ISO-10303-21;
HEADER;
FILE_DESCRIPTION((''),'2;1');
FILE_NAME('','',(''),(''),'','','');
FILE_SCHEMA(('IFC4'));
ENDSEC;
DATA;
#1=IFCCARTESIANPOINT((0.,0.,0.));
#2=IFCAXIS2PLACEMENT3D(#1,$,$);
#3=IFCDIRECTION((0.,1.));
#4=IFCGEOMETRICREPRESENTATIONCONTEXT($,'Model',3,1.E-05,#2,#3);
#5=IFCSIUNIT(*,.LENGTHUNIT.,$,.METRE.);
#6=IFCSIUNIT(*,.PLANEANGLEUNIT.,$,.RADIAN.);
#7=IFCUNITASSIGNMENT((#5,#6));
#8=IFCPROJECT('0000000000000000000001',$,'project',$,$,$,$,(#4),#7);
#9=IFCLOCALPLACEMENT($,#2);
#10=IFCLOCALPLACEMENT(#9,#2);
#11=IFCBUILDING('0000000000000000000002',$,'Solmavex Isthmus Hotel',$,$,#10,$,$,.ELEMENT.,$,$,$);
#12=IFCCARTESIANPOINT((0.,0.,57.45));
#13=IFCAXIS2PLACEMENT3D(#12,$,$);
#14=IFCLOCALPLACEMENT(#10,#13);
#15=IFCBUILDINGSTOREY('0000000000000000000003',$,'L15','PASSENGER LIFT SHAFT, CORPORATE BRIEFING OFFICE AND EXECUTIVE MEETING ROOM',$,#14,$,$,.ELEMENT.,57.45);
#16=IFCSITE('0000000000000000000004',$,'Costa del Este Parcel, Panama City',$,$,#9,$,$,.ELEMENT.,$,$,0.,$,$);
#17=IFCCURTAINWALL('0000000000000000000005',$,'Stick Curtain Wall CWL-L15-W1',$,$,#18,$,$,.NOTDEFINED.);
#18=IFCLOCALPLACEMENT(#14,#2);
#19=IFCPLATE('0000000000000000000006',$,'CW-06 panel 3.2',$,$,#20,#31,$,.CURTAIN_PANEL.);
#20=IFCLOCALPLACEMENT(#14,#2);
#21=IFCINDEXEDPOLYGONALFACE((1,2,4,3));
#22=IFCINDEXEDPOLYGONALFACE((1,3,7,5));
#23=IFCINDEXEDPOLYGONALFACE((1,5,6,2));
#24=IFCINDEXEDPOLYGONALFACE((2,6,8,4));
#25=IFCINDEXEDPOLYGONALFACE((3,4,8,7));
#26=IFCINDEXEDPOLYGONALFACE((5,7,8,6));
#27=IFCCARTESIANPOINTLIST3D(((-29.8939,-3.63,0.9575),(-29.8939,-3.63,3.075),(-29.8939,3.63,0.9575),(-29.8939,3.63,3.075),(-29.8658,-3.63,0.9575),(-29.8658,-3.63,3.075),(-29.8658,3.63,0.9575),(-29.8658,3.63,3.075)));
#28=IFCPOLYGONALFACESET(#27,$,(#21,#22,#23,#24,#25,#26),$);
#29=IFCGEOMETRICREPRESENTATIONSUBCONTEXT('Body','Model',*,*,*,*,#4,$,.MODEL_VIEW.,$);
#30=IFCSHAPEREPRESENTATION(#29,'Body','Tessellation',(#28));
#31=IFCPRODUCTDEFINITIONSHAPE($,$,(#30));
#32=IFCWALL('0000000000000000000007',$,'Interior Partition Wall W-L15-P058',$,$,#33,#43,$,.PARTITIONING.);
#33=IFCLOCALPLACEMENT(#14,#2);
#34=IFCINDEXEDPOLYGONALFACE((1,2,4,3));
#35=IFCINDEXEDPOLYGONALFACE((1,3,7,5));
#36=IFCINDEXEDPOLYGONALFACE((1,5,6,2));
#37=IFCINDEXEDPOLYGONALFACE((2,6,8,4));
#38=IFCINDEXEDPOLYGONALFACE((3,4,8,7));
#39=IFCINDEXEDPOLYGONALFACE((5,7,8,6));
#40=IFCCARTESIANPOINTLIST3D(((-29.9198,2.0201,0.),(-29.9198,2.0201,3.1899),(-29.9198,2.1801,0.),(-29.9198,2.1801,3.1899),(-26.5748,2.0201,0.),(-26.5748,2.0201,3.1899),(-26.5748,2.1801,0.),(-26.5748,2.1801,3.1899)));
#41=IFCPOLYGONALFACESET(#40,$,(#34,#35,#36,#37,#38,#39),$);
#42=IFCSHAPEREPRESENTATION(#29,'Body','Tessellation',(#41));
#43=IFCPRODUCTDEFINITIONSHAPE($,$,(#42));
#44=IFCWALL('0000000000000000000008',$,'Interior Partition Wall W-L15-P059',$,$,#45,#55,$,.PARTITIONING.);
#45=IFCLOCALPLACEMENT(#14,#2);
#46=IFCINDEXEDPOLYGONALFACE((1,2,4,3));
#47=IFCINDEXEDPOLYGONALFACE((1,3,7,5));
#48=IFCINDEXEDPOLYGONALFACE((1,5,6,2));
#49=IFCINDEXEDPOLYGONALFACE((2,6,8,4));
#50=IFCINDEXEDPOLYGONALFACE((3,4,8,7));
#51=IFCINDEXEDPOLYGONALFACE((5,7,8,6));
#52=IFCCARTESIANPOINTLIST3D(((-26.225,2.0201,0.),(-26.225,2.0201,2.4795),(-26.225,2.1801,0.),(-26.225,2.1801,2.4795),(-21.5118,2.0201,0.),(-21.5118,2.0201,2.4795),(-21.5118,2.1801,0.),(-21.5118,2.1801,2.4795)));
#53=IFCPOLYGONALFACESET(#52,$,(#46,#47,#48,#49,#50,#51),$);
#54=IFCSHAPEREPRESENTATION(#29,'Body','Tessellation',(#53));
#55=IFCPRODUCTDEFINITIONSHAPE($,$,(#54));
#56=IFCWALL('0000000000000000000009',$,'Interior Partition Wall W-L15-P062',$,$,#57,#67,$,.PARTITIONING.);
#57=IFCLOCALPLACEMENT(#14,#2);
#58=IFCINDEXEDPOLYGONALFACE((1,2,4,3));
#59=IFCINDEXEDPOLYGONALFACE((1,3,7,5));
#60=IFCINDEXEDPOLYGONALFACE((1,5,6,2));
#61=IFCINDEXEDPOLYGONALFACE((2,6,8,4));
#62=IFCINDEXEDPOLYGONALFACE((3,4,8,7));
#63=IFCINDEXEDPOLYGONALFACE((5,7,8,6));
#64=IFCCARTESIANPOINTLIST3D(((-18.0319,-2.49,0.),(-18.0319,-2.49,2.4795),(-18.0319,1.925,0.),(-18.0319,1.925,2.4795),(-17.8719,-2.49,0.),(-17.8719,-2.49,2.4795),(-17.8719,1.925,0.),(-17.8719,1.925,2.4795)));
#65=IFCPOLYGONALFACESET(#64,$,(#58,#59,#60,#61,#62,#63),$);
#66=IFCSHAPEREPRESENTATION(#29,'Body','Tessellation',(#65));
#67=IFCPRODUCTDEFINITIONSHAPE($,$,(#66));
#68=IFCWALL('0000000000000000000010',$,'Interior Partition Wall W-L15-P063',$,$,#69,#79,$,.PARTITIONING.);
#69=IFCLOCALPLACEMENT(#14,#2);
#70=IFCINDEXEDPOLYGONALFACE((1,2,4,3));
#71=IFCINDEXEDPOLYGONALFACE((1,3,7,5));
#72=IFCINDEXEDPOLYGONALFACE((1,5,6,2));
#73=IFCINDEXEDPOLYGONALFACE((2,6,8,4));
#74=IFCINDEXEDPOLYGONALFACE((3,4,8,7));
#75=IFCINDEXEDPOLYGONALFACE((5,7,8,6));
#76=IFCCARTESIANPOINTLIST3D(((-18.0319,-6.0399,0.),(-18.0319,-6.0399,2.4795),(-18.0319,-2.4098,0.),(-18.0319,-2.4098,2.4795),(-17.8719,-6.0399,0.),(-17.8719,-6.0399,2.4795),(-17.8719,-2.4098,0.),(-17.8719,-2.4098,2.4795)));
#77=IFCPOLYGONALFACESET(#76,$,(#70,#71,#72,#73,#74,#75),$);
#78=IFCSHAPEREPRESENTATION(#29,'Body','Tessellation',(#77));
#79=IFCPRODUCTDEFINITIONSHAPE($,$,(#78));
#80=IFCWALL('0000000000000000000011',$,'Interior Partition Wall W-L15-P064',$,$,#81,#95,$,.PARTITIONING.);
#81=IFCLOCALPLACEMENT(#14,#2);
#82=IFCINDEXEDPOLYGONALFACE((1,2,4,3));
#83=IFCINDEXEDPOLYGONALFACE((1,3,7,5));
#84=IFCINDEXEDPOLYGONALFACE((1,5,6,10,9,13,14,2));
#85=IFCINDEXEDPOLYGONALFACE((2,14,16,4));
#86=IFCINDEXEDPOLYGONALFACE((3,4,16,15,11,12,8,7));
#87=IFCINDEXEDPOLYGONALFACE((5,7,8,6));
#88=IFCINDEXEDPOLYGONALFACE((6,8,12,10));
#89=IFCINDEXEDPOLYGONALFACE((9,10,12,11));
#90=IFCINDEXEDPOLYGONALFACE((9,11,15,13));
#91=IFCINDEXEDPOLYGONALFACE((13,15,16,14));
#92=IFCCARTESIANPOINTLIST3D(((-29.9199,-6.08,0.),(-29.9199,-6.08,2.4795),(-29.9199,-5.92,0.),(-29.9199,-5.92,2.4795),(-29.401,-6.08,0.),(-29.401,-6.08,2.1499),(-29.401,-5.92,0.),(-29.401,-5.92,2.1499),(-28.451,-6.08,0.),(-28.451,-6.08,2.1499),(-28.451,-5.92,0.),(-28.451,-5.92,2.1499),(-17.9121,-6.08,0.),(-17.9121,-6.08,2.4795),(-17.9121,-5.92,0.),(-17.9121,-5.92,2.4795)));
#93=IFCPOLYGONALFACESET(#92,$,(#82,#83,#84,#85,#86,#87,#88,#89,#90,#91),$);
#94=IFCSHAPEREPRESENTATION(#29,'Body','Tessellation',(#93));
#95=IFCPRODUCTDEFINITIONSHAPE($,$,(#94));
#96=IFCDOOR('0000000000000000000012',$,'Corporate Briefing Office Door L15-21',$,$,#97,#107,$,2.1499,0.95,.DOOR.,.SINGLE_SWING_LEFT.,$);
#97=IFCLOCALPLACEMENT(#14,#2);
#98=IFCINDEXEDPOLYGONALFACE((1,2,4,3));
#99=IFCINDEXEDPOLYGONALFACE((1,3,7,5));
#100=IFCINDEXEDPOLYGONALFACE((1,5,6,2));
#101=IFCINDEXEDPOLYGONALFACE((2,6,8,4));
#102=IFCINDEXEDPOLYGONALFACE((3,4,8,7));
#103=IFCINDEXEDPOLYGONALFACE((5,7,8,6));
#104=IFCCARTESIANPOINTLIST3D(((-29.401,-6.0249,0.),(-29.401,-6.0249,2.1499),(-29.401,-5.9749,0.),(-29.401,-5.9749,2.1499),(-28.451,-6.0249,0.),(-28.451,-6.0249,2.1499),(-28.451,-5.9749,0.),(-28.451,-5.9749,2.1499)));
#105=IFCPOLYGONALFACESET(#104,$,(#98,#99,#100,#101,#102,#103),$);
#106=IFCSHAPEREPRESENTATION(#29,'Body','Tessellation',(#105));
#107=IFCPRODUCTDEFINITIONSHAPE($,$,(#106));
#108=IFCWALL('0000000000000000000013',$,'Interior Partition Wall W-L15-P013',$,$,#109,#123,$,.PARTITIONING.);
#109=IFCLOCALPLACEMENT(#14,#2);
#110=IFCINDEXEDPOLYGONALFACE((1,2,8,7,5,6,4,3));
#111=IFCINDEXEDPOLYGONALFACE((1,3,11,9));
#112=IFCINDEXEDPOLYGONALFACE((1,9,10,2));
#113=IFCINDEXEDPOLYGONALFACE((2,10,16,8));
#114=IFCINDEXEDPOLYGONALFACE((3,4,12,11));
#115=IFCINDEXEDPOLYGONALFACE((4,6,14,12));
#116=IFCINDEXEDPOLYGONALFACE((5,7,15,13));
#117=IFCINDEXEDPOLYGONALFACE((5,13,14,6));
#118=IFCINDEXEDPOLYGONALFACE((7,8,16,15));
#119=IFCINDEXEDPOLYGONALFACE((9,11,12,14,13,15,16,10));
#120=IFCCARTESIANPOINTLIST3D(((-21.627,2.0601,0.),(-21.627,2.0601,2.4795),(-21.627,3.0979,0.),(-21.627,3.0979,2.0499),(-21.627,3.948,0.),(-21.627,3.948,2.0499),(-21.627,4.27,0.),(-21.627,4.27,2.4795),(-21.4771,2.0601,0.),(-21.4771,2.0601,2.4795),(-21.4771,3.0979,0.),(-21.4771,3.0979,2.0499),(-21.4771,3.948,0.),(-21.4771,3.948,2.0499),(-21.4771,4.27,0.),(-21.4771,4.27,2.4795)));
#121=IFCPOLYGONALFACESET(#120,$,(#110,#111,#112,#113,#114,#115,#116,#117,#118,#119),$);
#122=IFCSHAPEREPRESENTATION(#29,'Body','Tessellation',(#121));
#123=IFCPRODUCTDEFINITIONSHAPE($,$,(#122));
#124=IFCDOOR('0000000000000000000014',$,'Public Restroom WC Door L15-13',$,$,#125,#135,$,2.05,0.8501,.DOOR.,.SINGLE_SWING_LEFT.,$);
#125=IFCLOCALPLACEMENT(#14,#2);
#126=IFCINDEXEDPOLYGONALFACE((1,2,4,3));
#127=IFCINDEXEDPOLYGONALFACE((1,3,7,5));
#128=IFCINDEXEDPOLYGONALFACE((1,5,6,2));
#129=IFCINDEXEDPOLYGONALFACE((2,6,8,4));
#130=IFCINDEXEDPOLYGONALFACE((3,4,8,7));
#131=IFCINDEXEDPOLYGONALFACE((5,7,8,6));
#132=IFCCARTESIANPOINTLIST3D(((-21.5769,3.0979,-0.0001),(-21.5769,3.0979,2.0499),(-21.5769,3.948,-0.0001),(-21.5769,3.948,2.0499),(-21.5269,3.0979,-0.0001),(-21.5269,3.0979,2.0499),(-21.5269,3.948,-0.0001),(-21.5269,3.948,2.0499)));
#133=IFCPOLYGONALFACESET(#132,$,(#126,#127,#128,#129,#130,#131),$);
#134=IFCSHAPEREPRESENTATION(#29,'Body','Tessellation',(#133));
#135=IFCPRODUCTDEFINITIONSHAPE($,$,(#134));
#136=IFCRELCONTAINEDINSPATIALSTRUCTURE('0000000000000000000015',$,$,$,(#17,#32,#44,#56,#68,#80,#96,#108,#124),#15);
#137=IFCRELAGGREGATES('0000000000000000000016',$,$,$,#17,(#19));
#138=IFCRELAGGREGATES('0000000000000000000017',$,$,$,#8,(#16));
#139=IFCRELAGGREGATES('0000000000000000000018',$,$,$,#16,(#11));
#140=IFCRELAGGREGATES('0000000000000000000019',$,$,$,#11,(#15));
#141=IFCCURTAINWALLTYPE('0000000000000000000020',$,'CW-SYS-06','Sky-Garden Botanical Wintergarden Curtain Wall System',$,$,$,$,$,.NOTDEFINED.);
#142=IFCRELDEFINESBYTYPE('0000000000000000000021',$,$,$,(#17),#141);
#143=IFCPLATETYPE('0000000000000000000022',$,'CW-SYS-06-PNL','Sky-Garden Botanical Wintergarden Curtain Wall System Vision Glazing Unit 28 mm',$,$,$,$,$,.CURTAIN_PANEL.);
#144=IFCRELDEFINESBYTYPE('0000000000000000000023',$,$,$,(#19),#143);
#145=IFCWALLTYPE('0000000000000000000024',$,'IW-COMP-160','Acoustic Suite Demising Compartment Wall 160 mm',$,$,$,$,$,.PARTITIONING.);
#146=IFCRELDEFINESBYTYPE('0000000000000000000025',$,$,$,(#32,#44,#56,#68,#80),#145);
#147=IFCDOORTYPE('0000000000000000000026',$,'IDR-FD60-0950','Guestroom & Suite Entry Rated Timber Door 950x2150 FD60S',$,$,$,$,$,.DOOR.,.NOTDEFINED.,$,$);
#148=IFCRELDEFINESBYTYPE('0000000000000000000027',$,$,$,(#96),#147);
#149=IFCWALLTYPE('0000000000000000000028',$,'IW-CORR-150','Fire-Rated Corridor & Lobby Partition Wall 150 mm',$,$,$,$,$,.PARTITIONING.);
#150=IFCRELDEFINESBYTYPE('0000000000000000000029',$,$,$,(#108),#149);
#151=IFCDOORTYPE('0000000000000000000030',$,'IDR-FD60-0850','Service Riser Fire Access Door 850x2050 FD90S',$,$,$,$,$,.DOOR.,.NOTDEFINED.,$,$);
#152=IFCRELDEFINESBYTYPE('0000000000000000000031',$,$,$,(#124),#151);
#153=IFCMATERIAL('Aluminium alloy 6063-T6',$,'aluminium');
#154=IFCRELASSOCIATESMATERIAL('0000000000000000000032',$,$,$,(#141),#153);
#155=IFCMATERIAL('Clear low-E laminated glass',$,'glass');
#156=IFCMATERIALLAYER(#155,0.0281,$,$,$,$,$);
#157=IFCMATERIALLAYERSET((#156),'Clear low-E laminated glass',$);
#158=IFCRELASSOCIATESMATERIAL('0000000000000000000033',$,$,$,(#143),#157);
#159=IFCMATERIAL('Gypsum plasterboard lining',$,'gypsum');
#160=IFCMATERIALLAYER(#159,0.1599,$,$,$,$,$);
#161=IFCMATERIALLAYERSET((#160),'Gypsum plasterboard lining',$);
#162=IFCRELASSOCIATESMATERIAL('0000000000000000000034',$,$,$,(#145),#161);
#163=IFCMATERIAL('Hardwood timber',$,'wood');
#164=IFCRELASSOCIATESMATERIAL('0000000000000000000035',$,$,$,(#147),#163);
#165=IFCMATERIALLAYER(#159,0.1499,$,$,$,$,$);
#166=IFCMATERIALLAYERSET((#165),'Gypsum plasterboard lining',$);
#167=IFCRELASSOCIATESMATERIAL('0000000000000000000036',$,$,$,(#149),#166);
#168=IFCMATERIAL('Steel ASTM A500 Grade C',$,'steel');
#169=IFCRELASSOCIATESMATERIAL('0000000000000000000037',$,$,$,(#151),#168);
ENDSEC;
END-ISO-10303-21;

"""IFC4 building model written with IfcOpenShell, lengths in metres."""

from ifc_helpers import new_model, si_unit, direction, frame, frame_2d, origin, origin_2d, place, context, subcontext, project, spatial, rectangle, extrude, material, layer, layer_set, type_object, element, fill, aggregate, save


model = new_model("IFC4")

# Units and contexts
model_context = context("Model", 3, precision=1e-05, world=origin(), true_north=direction((0.0, 1.0)))
body_context = subcontext(model_context, "Body", "Model", "MODEL_VIEW")
ifc_project = project(units=[si_unit("LENGTHUNIT", "METRE"), si_unit("PLANEANGLEUNIT", "RADIAN")], contexts=[model_context])

# Site, building, storey
site_placement = place(None, origin())
site = spatial("IfcSite", under=ifc_project, at=site_placement, Name="Costa del Este Parcel, Panama City", CompositionType="ELEMENT", RefElevation=0.0)
building_placement = place(site_placement, origin())
building = spatial("IfcBuilding", under=site, at=building_placement, Name="Solmavex Isthmus Hotel", CompositionType="ELEMENT")
storey_placement = place(building_placement, frame((0.0, 0.0, 57.45)))
storey = spatial("IfcBuildingStorey", under=building, at=storey_placement, Name="L15", Description="PASSENGER LIFT SHAFT, CORPORATE BRIEFING OFFICE AND EXECUTIVE MEETING ROOM", CompositionType="ELEMENT", Elevation=57.45)

# Curtain wall, plate
ifc_material_1 = material(Name="Aluminium alloy 6063-T6", Category="aluminium")
curtain_wall_type = type_object("IfcCurtainWallType", Name="CW-SYS-06", Description="Sky-Garden Botanical Wintergarden Curtain Wall System", PredefinedType="NOTDEFINED", material=ifc_material_1)
curtain_wall_placement = place(storey_placement, origin())
curtain_wall = element("IfcCurtainWall", 1, at=curtain_wall_placement, inside=storey, type_object=curtain_wall_type, Name="Stick Curtain Wall CWL-L15-W1", PredefinedType="NOTDEFINED")
ifc_material_2 = material(Name="Clear low-E laminated glass", Category="glass")
ifc_layer_1 = layer(ifc_material_2, 0.0281)
ifc_layer_set_1 = layer_set([ifc_layer_1], Name="Clear low-E laminated glass")
plate_type = type_object("IfcPlateType", Name="CW-SYS-06-PNL", Description="Sky-Garden Botanical Wintergarden Curtain Wall System Vision Glazing Unit 28 mm", PredefinedType="CURTAIN_PANEL", material=ifc_layer_set_1)
plate_1_placement = place(storey_placement, frame((-29.8799, 0.0, 0.9575), z_axis=(0.0, 0.0, 1.0), x_axis=(0.0, 1.0, 0.0)))
plate_1 = element("IfcPlate", 2, at=plate_1_placement, type_object=plate_type, Name="CW-06 panel 3.2", PredefinedType="CURTAIN_PANEL", context=body_context, shape_type="SweptSolid", body=[
    extrude(rectangle(XDim=7.26, YDim=0.0281, at=origin_2d()), origin(), (0.0, 0.0, 1.0), 2.1174),
])
aggregate(curtain_wall, [plate_1])

# Walls
ifc_material_3 = material(Name="Gypsum plasterboard lining", Category="gypsum")
ifc_layer_2 = layer(ifc_material_3, 0.1599)
ifc_layer_set_2 = layer_set([ifc_layer_2], Name="Gypsum plasterboard lining")
wall_type_1 = type_object("IfcWallType", Name="IW-COMP-160", Description="Acoustic Suite Demising Compartment Wall 160 mm", PredefinedType="PARTITIONING", material=ifc_layer_set_2)
wall_1_placement = place(storey_placement, frame((-26.575, 2.1001, 0.0), z_axis=(0.0, 0.0, 1.0), x_axis=(-1.0, 0.0, 0.0)))
element("IfcWall", 3, at=wall_1_placement, inside=storey, type_object=wall_type_1, Name="Interior Partition Wall W-L15-P058", PredefinedType="PARTITIONING", context=body_context, shape_type="SweptSolid", body=[
    extrude(rectangle(XDim=3.345, YDim=0.1599, at=frame_2d((1.6724, 0.0))), origin(), (0.0, 0.0, 1.0), 3.1899),
])
wall_2_placement = place(storey_placement, frame((-21.512, 2.1001, 0.0), z_axis=(0.0, 0.0, 1.0), x_axis=(-1.0, 0.0, 0.0)))
element("IfcWall", 4, at=wall_2_placement, inside=storey, type_object=wall_type_1, Name="Interior Partition Wall W-L15-P059", PredefinedType="PARTITIONING", context=body_context, shape_type="SweptSolid", body=[
    extrude(rectangle(XDim=4.7131, YDim=0.1599, at=frame_2d((2.3564, 0.0))), origin(), (0.0, 0.0, 1.0), 2.4795),
])
wall_3_placement = place(storey_placement, frame((-17.9519, 1.925, 0.0), z_axis=(0.0, 0.0, 1.0), x_axis=(0.0, -1.0, 0.0)))
element("IfcWall", 5, at=wall_3_placement, inside=storey, type_object=wall_type_1, Name="Interior Partition Wall W-L15-P062", PredefinedType="PARTITIONING", context=body_context, shape_type="SweptSolid", body=[
    extrude(rectangle(XDim=4.415, YDim=0.1599, at=frame_2d((2.2075, 0.0))), origin(), (0.0, 0.0, 1.0), 2.4795),
])
wall_4_placement = place(storey_placement, frame((-17.9519, -2.4099, 0.0), z_axis=(0.0, 0.0, 1.0), x_axis=(0.0, -1.0, 0.0)))
element("IfcWall", 6, at=wall_4_placement, inside=storey, type_object=wall_type_1, Name="Interior Partition Wall W-L15-P063", PredefinedType="PARTITIONING", context=body_context, shape_type="SweptSolid", body=[
    extrude(rectangle(XDim=3.6301, YDim=0.1599, at=frame_2d((1.8149, 0.0))), origin(), (0.0, 0.0, 1.0), 2.4795),
])

# Walls, openings, doors
wall_5_placement = place(storey_placement, frame((-17.9121, -6.0, 0.0), z_axis=(0.0, 0.0, 1.0), x_axis=(-1.0, 0.0, 0.0)))
wall_5 = element("IfcWall", 7, at=wall_5_placement, inside=storey, type_object=wall_type_1, Name="Interior Partition Wall W-L15-P064", PredefinedType="PARTITIONING", context=body_context, shape_type="SweptSolid", body=[
    extrude(rectangle(XDim=12.0078, YDim=0.1599, at=frame_2d((6.0039, 0.0))), origin(), (0.0, 0.0, 1.0), 2.4795),
])
opening_1_placement = place(wall_5_placement, frame((10.5388, 0.0, 0.0)))
opening_1 = element("IfcOpeningElement", 8, at=opening_1_placement, cuts=wall_5, PredefinedType="OPENING", context=body_context, shape_type="SweptSolid", body=[
    extrude(rectangle(XDim=0.95, YDim=2.1499, at=frame_2d((0.4751, 1.075))), frame((0.0, 0.0898, 0.0), z_axis=(0.0, -1.0, 0.0), x_axis=(1.0, 0.0, 0.0)), (0.0, 0.0, 1.0), 0.1799),
])
ifc_material_4 = material(Name="Hardwood timber", Category="wood")
door_type_1 = type_object("IfcDoorType", Name="IDR-FD60-0950", Description="Guestroom & Suite Entry Rated Timber Door 950x2150 FD60S", OperationType="NOTDEFINED", PredefinedType="DOOR", material=ifc_material_4)
door_1_placement = place(opening_1_placement, origin())
door_1 = element("IfcDoor", 9, at=door_1_placement, inside=storey, type_object=door_type_1, Name="Corporate Briefing Office Door L15-21", OperationType="SINGLE_SWING_LEFT", OverallHeight=2.1499, OverallWidth=0.95, PredefinedType="DOOR", context=body_context, shape_type="SweptSolid", body=[
    extrude(rectangle(XDim=0.95, YDim=2.1499, at=frame_2d((0.4751, 1.075))), frame((0.0, 0.0249, 0.0), z_axis=(0.0, -1.0, 0.0), x_axis=(1.0, 0.0, 0.0)), (0.0, 0.0, 1.0), 0.05),
])
fill(opening_1, door_1)
ifc_layer_3 = layer(ifc_material_3, 0.1499)
ifc_layer_set_3 = layer_set([ifc_layer_3], Name="Gypsum plasterboard lining")
wall_type_2 = type_object("IfcWallType", Name="IW-CORR-150", Description="Fire-Rated Corridor & Lobby Partition Wall 150 mm", PredefinedType="PARTITIONING", material=ifc_layer_set_3)
wall_6_placement = place(storey_placement, frame((-21.552, 2.0601, 0.0), z_axis=(0.0, 0.0, 1.0), x_axis=(0.0, 1.0, 0.0)))
wall_6 = element("IfcWall", 10, at=wall_6_placement, inside=storey, type_object=wall_type_2, Name="Interior Partition Wall W-L15-P013", PredefinedType="PARTITIONING", context=body_context, shape_type="SweptSolid", body=[
    extrude(rectangle(XDim=2.21, YDim=0.1499, at=frame_2d((1.105, 0.0))), origin(), (0.0, 0.0, 1.0), 2.4795),
])
opening_2_placement = place(wall_6_placement, frame((1.0378, 0.0, 0.0)))
opening_2 = element("IfcOpeningElement", 11, at=opening_2_placement, cuts=wall_6, PredefinedType="OPENING", context=body_context, shape_type="SweptSolid", body=[
    extrude(rectangle(XDim=0.8501, YDim=2.05, at=frame_2d((0.425, 1.0249))), frame((0.0, 0.085, 0.0), z_axis=(0.0, -1.0, 0.0), x_axis=(1.0, 0.0, 0.0)), (0.0, 0.0, 1.0), 0.1699),
])
ifc_material_5 = material(Name="Steel ASTM A500 Grade C", Category="steel")
door_type_2 = type_object("IfcDoorType", Name="IDR-FD60-0850", Description="Service Riser Fire Access Door 850x2050 FD90S", OperationType="NOTDEFINED", PredefinedType="DOOR", material=ifc_material_5)
door_2_placement = place(opening_2_placement, origin())
door_2 = element("IfcDoor", 12, at=door_2_placement, inside=storey, type_object=door_type_2, Name="Public Restroom WC Door L15-13", OperationType="SINGLE_SWING_LEFT", OverallHeight=2.05, OverallWidth=0.8501, PredefinedType="DOOR", context=body_context, shape_type="SweptSolid", body=[
    extrude(rectangle(XDim=0.8501, YDim=2.05, at=frame_2d((0.425, 1.0249))), frame((0.0, 0.0249, 0.0), z_axis=(0.0, -1.0, 0.0), x_axis=(1.0, 0.0, 0.0)), (0.0, 0.0, 1.0), 0.05),
])
fill(opening_2, door_2)

save(model, "model.ifc")
